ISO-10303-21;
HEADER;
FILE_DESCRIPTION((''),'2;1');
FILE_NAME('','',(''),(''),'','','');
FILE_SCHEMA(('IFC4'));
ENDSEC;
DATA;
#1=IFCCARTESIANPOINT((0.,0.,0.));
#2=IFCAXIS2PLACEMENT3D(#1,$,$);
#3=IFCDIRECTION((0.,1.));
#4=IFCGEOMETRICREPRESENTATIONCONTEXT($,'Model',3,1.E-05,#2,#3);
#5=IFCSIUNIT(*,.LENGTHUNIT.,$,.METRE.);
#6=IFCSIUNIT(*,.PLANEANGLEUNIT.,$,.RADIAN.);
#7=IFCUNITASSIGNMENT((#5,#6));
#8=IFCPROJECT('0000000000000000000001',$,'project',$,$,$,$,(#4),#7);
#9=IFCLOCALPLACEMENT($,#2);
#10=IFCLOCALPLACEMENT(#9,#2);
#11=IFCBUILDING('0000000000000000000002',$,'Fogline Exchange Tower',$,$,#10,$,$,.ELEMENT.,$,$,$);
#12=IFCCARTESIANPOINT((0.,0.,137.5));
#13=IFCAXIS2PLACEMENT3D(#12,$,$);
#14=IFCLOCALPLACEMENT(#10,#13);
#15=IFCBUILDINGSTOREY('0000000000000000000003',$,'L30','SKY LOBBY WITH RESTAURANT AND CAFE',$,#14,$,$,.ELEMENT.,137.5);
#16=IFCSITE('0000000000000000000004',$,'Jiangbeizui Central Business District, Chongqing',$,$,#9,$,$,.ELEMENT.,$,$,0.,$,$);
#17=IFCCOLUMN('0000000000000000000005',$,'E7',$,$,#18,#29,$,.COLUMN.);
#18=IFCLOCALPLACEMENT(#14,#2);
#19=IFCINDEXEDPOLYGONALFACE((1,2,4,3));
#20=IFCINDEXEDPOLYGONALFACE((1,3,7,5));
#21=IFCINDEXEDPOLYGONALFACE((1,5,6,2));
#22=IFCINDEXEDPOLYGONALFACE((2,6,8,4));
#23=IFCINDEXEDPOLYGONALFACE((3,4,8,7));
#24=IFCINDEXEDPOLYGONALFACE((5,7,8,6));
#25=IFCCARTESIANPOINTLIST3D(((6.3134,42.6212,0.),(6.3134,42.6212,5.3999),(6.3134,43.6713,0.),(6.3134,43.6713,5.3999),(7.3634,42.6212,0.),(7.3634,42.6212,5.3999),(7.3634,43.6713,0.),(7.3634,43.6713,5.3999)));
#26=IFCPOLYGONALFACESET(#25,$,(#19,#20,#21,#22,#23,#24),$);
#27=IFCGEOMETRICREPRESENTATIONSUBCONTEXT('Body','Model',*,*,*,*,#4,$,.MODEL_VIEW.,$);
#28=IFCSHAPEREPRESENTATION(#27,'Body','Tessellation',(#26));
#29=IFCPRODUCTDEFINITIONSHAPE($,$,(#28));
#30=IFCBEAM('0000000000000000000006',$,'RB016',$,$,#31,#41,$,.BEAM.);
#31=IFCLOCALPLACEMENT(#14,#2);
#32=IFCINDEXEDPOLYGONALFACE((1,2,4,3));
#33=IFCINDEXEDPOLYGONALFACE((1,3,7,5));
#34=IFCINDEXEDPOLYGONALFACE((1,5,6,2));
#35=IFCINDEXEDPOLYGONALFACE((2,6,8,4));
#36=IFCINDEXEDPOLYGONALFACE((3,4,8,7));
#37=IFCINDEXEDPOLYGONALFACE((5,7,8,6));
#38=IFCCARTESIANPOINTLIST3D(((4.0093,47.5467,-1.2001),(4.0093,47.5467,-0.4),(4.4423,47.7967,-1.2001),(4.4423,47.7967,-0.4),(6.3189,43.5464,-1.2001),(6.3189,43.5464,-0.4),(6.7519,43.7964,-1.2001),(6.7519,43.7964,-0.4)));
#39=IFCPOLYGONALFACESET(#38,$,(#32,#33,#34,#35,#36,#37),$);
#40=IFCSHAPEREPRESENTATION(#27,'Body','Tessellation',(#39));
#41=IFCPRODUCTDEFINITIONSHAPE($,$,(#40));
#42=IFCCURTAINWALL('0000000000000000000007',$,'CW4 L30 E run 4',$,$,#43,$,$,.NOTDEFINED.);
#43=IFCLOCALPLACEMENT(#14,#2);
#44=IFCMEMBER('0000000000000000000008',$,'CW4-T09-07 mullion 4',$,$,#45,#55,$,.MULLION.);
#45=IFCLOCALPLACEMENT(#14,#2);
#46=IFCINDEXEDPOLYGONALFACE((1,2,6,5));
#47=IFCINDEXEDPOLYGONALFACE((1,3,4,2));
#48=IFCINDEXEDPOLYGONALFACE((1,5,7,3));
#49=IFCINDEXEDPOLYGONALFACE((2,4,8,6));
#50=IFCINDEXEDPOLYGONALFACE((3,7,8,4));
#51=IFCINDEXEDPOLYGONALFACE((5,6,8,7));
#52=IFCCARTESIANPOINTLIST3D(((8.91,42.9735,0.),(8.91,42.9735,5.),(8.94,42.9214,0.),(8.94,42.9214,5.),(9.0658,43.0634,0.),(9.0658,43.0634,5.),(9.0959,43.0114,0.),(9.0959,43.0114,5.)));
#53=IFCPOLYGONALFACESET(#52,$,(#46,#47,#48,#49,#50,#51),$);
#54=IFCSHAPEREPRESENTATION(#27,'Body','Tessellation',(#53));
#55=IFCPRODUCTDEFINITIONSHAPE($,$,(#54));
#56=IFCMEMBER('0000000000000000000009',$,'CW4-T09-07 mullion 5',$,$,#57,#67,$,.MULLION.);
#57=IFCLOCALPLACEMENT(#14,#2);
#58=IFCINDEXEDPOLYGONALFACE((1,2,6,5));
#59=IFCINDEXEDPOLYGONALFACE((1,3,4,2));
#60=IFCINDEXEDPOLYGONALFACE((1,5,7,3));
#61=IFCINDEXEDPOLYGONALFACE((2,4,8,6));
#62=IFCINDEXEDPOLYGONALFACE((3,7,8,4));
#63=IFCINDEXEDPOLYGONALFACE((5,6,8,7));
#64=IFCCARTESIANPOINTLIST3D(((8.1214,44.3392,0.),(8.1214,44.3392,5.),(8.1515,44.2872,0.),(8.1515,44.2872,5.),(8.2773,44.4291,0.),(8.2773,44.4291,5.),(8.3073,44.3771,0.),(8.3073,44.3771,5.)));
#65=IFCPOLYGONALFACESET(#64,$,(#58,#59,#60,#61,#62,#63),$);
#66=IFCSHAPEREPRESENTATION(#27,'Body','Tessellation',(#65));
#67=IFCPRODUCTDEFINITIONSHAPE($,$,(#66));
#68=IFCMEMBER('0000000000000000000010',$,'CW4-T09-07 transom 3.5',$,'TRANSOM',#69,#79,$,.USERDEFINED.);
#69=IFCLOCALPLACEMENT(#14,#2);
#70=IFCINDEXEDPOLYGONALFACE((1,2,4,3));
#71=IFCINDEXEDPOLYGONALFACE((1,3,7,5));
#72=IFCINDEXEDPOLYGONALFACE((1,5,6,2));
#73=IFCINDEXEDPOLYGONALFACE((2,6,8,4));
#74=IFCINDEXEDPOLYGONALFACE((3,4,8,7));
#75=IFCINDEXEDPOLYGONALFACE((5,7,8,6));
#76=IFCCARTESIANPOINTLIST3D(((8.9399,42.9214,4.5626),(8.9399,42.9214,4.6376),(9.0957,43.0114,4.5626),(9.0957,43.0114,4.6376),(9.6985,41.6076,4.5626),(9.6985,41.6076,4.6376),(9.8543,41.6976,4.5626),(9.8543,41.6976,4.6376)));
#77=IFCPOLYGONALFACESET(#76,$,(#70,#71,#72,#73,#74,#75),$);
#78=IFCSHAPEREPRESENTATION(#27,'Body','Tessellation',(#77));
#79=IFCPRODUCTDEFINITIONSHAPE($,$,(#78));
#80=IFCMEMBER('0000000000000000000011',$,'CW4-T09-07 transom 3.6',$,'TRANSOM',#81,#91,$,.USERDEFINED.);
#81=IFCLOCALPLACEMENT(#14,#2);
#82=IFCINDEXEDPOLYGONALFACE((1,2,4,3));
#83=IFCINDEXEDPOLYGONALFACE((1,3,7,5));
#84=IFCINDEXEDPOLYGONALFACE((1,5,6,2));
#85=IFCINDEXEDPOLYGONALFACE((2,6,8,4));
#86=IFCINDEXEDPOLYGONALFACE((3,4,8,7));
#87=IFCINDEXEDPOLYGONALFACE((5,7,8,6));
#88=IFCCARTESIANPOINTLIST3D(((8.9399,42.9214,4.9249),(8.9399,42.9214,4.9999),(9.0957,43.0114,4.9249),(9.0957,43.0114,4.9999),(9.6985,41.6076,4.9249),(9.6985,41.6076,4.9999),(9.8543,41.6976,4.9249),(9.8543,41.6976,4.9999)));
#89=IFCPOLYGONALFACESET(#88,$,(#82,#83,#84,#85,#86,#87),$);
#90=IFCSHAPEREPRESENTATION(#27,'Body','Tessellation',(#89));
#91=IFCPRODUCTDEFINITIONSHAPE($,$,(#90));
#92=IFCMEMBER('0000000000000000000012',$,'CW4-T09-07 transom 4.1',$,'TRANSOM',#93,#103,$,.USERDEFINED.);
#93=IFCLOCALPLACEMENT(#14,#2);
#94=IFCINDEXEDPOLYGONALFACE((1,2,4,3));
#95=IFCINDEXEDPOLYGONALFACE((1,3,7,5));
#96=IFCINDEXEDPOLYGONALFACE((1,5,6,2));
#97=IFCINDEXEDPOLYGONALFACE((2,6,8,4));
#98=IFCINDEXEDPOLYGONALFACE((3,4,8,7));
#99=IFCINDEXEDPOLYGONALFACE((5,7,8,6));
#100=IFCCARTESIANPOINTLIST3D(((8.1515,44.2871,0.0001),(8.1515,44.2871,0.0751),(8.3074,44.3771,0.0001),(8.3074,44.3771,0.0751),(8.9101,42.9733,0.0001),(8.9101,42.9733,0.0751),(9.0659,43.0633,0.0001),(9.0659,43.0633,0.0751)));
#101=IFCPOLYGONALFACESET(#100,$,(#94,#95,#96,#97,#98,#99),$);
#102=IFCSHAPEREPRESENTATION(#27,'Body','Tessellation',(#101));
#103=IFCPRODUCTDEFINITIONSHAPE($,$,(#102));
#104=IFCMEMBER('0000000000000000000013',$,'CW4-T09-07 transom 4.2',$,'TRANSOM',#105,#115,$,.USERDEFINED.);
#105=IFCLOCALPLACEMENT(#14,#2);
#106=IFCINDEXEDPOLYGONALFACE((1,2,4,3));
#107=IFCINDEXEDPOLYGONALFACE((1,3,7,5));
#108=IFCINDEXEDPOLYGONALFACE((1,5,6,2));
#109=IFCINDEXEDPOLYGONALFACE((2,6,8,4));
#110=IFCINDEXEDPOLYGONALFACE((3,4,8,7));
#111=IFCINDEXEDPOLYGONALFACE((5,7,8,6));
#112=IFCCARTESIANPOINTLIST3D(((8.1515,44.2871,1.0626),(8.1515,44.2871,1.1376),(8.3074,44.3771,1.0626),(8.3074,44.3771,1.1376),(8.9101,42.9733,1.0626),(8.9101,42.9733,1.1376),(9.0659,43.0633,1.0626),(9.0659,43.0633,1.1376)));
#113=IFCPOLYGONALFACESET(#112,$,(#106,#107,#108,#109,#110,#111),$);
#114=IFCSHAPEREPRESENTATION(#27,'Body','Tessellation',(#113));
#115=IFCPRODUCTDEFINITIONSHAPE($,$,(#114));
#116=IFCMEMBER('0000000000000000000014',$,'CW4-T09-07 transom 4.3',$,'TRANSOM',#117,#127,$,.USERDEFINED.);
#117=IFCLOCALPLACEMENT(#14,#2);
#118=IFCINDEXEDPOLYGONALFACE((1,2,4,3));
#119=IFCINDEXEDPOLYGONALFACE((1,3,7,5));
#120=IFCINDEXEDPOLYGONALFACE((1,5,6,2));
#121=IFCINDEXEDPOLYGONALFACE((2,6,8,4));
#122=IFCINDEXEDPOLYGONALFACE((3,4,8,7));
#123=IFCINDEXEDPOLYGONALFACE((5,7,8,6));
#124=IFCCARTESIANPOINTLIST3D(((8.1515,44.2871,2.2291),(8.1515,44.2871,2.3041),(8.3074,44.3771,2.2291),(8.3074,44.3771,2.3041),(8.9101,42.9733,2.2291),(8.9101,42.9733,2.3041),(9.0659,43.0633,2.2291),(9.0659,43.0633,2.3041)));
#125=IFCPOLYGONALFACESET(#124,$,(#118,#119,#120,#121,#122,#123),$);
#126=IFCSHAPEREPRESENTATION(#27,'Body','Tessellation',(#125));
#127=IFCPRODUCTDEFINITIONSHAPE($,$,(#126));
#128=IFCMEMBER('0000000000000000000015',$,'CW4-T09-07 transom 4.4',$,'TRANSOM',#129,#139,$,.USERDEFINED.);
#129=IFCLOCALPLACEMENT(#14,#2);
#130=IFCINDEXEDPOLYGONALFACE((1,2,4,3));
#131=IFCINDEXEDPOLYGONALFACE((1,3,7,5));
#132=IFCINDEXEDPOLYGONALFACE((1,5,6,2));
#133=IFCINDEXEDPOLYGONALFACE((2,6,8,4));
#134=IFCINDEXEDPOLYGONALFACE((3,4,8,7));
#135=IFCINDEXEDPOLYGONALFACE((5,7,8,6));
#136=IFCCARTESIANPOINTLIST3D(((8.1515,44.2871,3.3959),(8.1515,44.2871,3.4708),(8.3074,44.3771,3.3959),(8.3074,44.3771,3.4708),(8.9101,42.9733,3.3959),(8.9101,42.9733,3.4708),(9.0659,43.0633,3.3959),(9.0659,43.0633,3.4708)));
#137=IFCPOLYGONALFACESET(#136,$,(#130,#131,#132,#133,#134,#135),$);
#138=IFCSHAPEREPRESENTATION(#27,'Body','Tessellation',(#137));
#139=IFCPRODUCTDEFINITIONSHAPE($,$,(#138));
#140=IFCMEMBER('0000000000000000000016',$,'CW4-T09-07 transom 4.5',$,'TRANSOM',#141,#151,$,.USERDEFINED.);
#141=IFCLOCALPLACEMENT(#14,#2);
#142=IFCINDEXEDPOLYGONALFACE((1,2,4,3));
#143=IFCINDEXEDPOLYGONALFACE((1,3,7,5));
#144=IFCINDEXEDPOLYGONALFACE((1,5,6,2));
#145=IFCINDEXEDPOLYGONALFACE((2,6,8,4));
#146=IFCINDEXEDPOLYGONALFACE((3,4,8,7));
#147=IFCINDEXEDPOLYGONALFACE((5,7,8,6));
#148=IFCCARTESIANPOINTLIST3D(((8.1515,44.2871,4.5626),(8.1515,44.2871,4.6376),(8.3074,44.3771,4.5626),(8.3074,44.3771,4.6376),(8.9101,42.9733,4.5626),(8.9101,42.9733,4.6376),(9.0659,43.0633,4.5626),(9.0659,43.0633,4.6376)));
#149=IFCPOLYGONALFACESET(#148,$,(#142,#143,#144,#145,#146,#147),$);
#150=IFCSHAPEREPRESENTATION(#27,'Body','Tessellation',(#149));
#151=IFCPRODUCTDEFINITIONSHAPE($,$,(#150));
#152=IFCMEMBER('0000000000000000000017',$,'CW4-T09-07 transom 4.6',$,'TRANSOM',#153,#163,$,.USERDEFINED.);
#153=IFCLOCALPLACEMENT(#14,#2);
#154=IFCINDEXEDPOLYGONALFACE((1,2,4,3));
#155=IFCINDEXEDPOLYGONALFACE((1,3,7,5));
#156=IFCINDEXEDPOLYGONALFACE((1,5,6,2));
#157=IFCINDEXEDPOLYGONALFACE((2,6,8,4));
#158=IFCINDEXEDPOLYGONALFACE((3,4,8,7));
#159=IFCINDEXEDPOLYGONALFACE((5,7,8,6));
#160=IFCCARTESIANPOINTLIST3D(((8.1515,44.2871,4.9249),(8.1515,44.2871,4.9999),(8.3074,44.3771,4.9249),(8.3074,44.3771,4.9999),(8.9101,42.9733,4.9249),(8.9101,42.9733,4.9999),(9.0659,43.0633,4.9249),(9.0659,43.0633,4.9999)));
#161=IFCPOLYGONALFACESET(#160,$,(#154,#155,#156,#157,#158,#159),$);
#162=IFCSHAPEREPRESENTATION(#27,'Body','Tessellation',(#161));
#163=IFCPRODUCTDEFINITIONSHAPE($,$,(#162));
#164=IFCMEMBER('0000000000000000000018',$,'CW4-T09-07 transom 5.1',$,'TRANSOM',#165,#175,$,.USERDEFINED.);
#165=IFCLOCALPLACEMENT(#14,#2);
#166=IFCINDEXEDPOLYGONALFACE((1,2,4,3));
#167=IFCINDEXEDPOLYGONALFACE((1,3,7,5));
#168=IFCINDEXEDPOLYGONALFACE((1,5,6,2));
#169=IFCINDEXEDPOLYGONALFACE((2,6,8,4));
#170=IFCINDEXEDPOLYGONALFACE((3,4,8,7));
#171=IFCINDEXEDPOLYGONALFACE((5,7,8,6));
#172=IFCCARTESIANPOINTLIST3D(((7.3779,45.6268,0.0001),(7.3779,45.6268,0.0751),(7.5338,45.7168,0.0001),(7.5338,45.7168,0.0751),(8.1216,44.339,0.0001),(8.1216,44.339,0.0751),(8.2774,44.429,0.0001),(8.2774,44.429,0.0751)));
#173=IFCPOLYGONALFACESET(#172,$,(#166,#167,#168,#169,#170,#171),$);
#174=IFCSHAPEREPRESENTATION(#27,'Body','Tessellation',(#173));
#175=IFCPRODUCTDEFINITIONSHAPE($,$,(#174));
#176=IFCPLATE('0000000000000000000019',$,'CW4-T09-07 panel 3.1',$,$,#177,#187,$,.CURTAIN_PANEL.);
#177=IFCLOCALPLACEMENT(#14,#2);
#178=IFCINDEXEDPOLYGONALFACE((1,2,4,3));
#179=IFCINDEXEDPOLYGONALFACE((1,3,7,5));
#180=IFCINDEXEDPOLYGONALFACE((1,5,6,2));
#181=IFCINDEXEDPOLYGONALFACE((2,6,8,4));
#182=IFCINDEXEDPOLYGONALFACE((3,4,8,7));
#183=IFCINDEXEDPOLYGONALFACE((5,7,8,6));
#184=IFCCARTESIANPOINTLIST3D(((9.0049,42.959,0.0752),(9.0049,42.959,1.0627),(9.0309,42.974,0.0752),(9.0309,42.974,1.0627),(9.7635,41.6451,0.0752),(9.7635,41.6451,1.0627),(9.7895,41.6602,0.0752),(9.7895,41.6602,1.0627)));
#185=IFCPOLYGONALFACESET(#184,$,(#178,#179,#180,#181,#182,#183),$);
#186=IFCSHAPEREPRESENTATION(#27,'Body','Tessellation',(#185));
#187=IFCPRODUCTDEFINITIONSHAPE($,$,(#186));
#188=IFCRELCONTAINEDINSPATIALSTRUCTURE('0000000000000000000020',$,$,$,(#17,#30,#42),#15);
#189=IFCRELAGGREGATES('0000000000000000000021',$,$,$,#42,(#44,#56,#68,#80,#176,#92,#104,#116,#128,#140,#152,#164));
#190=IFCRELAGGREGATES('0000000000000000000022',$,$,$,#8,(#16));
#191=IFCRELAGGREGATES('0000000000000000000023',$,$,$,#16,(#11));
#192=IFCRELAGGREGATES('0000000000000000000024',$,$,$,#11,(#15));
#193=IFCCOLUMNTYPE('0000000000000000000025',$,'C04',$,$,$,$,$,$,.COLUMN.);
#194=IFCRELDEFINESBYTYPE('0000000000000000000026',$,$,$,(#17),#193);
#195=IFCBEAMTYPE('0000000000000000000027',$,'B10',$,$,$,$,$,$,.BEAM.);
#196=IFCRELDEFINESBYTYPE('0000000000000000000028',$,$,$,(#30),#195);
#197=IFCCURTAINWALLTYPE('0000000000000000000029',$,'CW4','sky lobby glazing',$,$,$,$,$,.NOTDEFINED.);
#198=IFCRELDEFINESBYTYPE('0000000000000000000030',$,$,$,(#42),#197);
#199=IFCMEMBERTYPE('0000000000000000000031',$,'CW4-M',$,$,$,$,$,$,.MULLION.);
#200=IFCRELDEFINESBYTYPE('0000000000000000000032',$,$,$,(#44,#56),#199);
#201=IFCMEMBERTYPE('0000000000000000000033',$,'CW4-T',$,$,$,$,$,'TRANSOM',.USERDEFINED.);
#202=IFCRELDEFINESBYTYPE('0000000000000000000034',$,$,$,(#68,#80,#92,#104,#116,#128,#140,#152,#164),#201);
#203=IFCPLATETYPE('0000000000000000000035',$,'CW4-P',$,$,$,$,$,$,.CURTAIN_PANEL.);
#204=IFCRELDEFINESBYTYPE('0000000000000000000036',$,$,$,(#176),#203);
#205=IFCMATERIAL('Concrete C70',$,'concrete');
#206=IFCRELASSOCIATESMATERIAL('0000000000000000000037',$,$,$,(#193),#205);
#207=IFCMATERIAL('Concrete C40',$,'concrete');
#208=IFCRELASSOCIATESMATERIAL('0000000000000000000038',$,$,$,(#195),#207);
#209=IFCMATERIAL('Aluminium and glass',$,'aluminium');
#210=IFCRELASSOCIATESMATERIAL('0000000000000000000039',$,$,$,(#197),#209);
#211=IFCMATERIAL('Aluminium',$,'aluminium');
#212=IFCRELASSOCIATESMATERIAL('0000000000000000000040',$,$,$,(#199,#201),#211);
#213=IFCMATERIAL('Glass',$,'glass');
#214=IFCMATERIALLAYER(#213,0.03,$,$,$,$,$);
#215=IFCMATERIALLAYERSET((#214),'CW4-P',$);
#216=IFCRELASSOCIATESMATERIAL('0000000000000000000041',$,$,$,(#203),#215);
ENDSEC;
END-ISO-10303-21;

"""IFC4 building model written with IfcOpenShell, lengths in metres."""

from ifc_helpers import new_model, si_unit, direction, frame, origin, origin_2d, place, context, subcontext, project, spatial, rectangle, extrude, material, layer, layer_set, material_profile, profile_set, type_object, element, aggregate, save


model = new_model("IFC4")

# Units and contexts
model_context = context("Model", 3, precision=1e-05, world=origin(), true_north=direction((0.0, 1.0)))
body_context = subcontext(model_context, "Body", "Model", "MODEL_VIEW")
ifc_project = project(units=[si_unit("LENGTHUNIT", "METRE"), si_unit("PLANEANGLEUNIT", "RADIAN")], contexts=[model_context])

# Site, building, storey
site_placement = place(None, origin())
site = spatial("IfcSite", under=ifc_project, at=site_placement, Name="Jiangbeizui Central Business District, Chongqing", CompositionType="ELEMENT", RefElevation=0.0)
building_placement = place(site_placement, origin())
building = spatial("IfcBuilding", under=site, at=building_placement, Name="Fogline Exchange Tower", CompositionType="ELEMENT")
storey_placement = place(building_placement, frame((0.0, 0.0, 137.5)))
storey = spatial("IfcBuildingStorey", under=building, at=storey_placement, Name="L30", Description="SKY LOBBY WITH RESTAURANT AND CAFE", CompositionType="ELEMENT", Elevation=137.5)

# Column
ifc_material_1 = material(Name="Concrete C70", Category="concrete")
ifc_material_profile_1 = material_profile(ifc_material_1, rectangle(XDim=1.05, YDim=1.05, at=origin_2d()), Name="RC 1050x1050")
ifc_profile_set_1 = profile_set([ifc_material_profile_1], Name="Concrete C70")
column_type = type_object("IfcColumnType", Name="C04", PredefinedType="COLUMN", material=ifc_profile_set_1)
column_placement = place(storey_placement, frame((6.8384, 43.1462, 0.0), z_axis=(0.0, 0.0, 1.0), x_axis=(1.0, 0.0, 0.0)))
element("IfcColumn", 1, at=column_placement, inside=storey, type_object=column_type, Name="E7", PredefinedType="COLUMN", context=body_context, shape_type="SweptSolid", body=[
    extrude(rectangle(XDim=1.05, YDim=1.05, at=origin_2d()), origin(), (0.0, 0.0, 1.0), 5.3999),
])

# Beam
ifc_material_2 = material(Name="Concrete C40", Category="concrete")
ifc_material_profile_2 = material_profile(ifc_material_2, rectangle(XDim=0.5, YDim=0.8, at=origin_2d()), Name="RC 500x800")
ifc_profile_set_2 = profile_set([ifc_material_profile_2], Name="Concrete C40")
beam_type = type_object("IfcBeamType", Name="B10", PredefinedType="BEAM", material=ifc_profile_set_2)
beam_placement = place(storey_placement, frame((6.5354, 43.6714, -0.8), z_axis=(-0.500005, 0.866023, 0.0), x_axis=(-0.866023, -0.500005, 0.0)))
element("IfcBeam", 2, at=beam_placement, inside=storey, type_object=beam_type, Name="RB016", PredefinedType="BEAM", context=body_context, shape_type="SweptSolid", body=[
    extrude(rectangle(XDim=0.5, YDim=0.8, at=origin_2d()), origin(), (0.0, 0.0, 1.0), 4.6191),
])

# Curtain wall, members, plate
ifc_material_3 = material(Name="Aluminium and glass", Category="aluminium")
curtain_wall_type = type_object("IfcCurtainWallType", Name="CW4", Description="sky lobby glazing", PredefinedType="NOTDEFINED", material=ifc_material_3)
curtain_wall_placement = place(storey_placement, origin())
curtain_wall = element("IfcCurtainWall", 3, at=curtain_wall_placement, inside=storey, type_object=curtain_wall_type, Name="CW4 L30 E run 4", PredefinedType="NOTDEFINED")
ifc_material_4 = material(Name="Aluminium", Category="aluminium")
ifc_material_profile_3 = material_profile(ifc_material_4, rectangle(XDim=0.1799, YDim=0.0601, at=origin_2d()), Name="Mullion 60x180")
ifc_profile_set_3 = profile_set([ifc_material_profile_3], Name="Aluminium")
member_type_1 = type_object("IfcMemberType", Name="CW4-M", PredefinedType="MULLION", material=ifc_profile_set_3)
member_1_placement = place(storey_placement, frame((9.0029, 42.9924, 0.0), z_axis=(0.0, 0.0, 1.0), x_axis=(-0.866025, -0.5, 0.0)))
member_1 = element("IfcMember", 4, at=member_1_placement, type_object=member_type_1, Name="CW4-T09-07 mullion 4", PredefinedType="MULLION", context=body_context, shape_type="SweptSolid", body=[
    extrude(rectangle(XDim=0.1799, YDim=0.0601, at=origin_2d()), origin(), (0.0, 0.0, 1.0), 5.0),
])
member_2_placement = place(storey_placement, frame((8.2144, 44.3582, 0.0), z_axis=(0.0, 0.0, 1.0), x_axis=(-0.866025, -0.5, 0.0)))
member_2 = element("IfcMember", 5, at=member_2_placement, type_object=member_type_1, Name="CW4-T09-07 mullion 5", PredefinedType="MULLION", context=body_context, shape_type="SweptSolid", body=[
    extrude(rectangle(XDim=0.1799, YDim=0.0601, at=origin_2d()), origin(), (0.0, 0.0, 1.0), 5.0),
])
ifc_material_profile_4 = material_profile(ifc_material_4, rectangle(XDim=0.1799, YDim=0.075, at=origin_2d()), Name="Transom 75x180")
ifc_profile_set_4 = profile_set([ifc_material_profile_4], Name="Aluminium")
member_type_2 = type_object("IfcMemberType", Name="CW4-T", ElementType="TRANSOM", PredefinedType="USERDEFINED", material=ifc_profile_set_4)
member_3_placement = place(storey_placement, frame((9.7764, 41.6526, 4.6001), z_axis=(-0.500034, 0.866006, 0.0), x_axis=(-0.866006, -0.500034, 0.0)))
member_3 = element("IfcMember", 6, at=member_3_placement, type_object=member_type_2, Name="CW4-T09-07 transom 3.5", ObjectType="TRANSOM", PredefinedType="USERDEFINED", context=body_context, shape_type="SweptSolid", body=[
    extrude(rectangle(XDim=0.1799, YDim=0.075, at=origin_2d()), origin(), (0.0, 0.0, 1.0), 1.5171),
])
member_4_placement = place(storey_placement, frame((9.7764, 41.6526, 4.9624), z_axis=(-0.500034, 0.866006, 0.0), x_axis=(-0.866006, -0.500034, 0.0)))
member_4 = element("IfcMember", 7, at=member_4_placement, type_object=member_type_2, Name="CW4-T09-07 transom 3.6", ObjectType="TRANSOM", PredefinedType="USERDEFINED", context=body_context, shape_type="SweptSolid", body=[
    extrude(rectangle(XDim=0.1799, YDim=0.075, at=origin_2d()), origin(), (0.0, 0.0, 1.0), 1.5171),
])
member_5_placement = place(storey_placement, frame((8.988, 43.0183, 0.0376), z_axis=(-0.500034, 0.866006, 0.0), x_axis=(-0.866006, -0.500034, 0.0)))
member_5 = element("IfcMember", 8, at=member_5_placement, type_object=member_type_2, Name="CW4-T09-07 transom 4.1", ObjectType="TRANSOM", PredefinedType="USERDEFINED", context=body_context, shape_type="SweptSolid", body=[
    extrude(rectangle(XDim=0.1799, YDim=0.075, at=origin_2d()), origin(), (0.0, 0.0, 1.0), 1.5171),
])
member_6_placement = place(storey_placement, frame((8.988, 43.0183, 1.1001), z_axis=(-0.500034, 0.866006, 0.0), x_axis=(-0.866006, -0.500034, 0.0)))
member_6 = element("IfcMember", 9, at=member_6_placement, type_object=member_type_2, Name="CW4-T09-07 transom 4.2", ObjectType="TRANSOM", PredefinedType="USERDEFINED", context=body_context, shape_type="SweptSolid", body=[
    extrude(rectangle(XDim=0.1799, YDim=0.075, at=origin_2d()), origin(), (0.0, 0.0, 1.0), 1.5171),
])
member_7_placement = place(storey_placement, frame((8.988, 43.0183, 2.2666), z_axis=(-0.500034, 0.866006, 0.0), x_axis=(-0.866006, -0.500034, 0.0)))
member_7 = element("IfcMember", 10, at=member_7_placement, type_object=member_type_2, Name="CW4-T09-07 transom 4.3", ObjectType="TRANSOM", PredefinedType="USERDEFINED", context=body_context, shape_type="SweptSolid", body=[
    extrude(rectangle(XDim=0.1799, YDim=0.075, at=origin_2d()), origin(), (0.0, 0.0, 1.0), 1.5171),
])
member_8_placement = place(storey_placement, frame((8.988, 43.0183, 3.4333), z_axis=(-0.500034, 0.866006, 0.0), x_axis=(-0.866006, -0.500034, 0.0)))
member_8 = element("IfcMember", 11, at=member_8_placement, type_object=member_type_2, Name="CW4-T09-07 transom 4.4", ObjectType="TRANSOM", PredefinedType="USERDEFINED", context=body_context, shape_type="SweptSolid", body=[
    extrude(rectangle(XDim=0.1799, YDim=0.075, at=origin_2d()), origin(), (0.0, 0.0, 1.0), 1.5171),
])
member_9_placement = place(storey_placement, frame((8.988, 43.0183, 4.6001), z_axis=(-0.500034, 0.866006, 0.0), x_axis=(-0.866006, -0.500034, 0.0)))
member_9 = element("IfcMember", 12, at=member_9_placement, type_object=member_type_2, Name="CW4-T09-07 transom 4.5", ObjectType="TRANSOM", PredefinedType="USERDEFINED", context=body_context, shape_type="SweptSolid", body=[
    extrude(rectangle(XDim=0.1799, YDim=0.075, at=origin_2d()), origin(), (0.0, 0.0, 1.0), 1.5171),
])
member_10_placement = place(storey_placement, frame((8.988, 43.0183, 4.9624), z_axis=(-0.500034, 0.866006, 0.0), x_axis=(-0.866006, -0.500034, 0.0)))
member_10 = element("IfcMember", 13, at=member_10_placement, type_object=member_type_2, Name="CW4-T09-07 transom 4.6", ObjectType="TRANSOM", PredefinedType="USERDEFINED", context=body_context, shape_type="SweptSolid", body=[
    extrude(rectangle(XDim=0.1799, YDim=0.075, at=origin_2d()), origin(), (0.0, 0.0, 1.0), 1.5171),
])
member_11_placement = place(storey_placement, frame((8.1995, 44.384, 0.0376), z_axis=(-0.500059, 0.865991, 0.0), x_axis=(-0.865991, -0.500059, 0.0)))
member_11 = element("IfcMember", 14, at=member_11_placement, type_object=member_type_2, Name="CW4-T09-07 transom 5.1", ObjectType="TRANSOM", PredefinedType="USERDEFINED", context=body_context, shape_type="SweptSolid", body=[
    extrude(rectangle(XDim=0.1799, YDim=0.075, at=origin_2d()), origin(), (0.0, 0.0, 1.0), 1.4871),
])
ifc_material_5 = material(Name="Glass", Category="glass")
ifc_layer_1 = layer(ifc_material_5, 0.03)
ifc_layer_set_1 = layer_set([ifc_layer_1], Name="CW4-P")
plate_type = type_object("IfcPlateType", Name="CW4-P", PredefinedType="CURTAIN_PANEL", material=ifc_layer_set_1)
plate_1_placement = place(storey_placement, frame((9.3972, 42.3096, 0.0752), z_axis=(0.0, 0.0, 1.0), x_axis=(-0.5, 0.866025, 0.0)))
plate_1 = element("IfcPlate", 15, at=plate_1_placement, type_object=plate_type, Name="CW4-T09-07 panel 3.1", PredefinedType="CURTAIN_PANEL", context=body_context, shape_type="SweptSolid", body=[
    extrude(rectangle(XDim=1.5171, YDim=0.03, at=origin_2d()), origin(), (0.0, 0.0, 1.0), 0.9875),
])
aggregate(curtain_wall, [member_1, member_2, member_3, member_4, plate_1, member_5, member_6, member_7, member_8, member_9, member_10, member_11])

save(model, "model.ifc")
